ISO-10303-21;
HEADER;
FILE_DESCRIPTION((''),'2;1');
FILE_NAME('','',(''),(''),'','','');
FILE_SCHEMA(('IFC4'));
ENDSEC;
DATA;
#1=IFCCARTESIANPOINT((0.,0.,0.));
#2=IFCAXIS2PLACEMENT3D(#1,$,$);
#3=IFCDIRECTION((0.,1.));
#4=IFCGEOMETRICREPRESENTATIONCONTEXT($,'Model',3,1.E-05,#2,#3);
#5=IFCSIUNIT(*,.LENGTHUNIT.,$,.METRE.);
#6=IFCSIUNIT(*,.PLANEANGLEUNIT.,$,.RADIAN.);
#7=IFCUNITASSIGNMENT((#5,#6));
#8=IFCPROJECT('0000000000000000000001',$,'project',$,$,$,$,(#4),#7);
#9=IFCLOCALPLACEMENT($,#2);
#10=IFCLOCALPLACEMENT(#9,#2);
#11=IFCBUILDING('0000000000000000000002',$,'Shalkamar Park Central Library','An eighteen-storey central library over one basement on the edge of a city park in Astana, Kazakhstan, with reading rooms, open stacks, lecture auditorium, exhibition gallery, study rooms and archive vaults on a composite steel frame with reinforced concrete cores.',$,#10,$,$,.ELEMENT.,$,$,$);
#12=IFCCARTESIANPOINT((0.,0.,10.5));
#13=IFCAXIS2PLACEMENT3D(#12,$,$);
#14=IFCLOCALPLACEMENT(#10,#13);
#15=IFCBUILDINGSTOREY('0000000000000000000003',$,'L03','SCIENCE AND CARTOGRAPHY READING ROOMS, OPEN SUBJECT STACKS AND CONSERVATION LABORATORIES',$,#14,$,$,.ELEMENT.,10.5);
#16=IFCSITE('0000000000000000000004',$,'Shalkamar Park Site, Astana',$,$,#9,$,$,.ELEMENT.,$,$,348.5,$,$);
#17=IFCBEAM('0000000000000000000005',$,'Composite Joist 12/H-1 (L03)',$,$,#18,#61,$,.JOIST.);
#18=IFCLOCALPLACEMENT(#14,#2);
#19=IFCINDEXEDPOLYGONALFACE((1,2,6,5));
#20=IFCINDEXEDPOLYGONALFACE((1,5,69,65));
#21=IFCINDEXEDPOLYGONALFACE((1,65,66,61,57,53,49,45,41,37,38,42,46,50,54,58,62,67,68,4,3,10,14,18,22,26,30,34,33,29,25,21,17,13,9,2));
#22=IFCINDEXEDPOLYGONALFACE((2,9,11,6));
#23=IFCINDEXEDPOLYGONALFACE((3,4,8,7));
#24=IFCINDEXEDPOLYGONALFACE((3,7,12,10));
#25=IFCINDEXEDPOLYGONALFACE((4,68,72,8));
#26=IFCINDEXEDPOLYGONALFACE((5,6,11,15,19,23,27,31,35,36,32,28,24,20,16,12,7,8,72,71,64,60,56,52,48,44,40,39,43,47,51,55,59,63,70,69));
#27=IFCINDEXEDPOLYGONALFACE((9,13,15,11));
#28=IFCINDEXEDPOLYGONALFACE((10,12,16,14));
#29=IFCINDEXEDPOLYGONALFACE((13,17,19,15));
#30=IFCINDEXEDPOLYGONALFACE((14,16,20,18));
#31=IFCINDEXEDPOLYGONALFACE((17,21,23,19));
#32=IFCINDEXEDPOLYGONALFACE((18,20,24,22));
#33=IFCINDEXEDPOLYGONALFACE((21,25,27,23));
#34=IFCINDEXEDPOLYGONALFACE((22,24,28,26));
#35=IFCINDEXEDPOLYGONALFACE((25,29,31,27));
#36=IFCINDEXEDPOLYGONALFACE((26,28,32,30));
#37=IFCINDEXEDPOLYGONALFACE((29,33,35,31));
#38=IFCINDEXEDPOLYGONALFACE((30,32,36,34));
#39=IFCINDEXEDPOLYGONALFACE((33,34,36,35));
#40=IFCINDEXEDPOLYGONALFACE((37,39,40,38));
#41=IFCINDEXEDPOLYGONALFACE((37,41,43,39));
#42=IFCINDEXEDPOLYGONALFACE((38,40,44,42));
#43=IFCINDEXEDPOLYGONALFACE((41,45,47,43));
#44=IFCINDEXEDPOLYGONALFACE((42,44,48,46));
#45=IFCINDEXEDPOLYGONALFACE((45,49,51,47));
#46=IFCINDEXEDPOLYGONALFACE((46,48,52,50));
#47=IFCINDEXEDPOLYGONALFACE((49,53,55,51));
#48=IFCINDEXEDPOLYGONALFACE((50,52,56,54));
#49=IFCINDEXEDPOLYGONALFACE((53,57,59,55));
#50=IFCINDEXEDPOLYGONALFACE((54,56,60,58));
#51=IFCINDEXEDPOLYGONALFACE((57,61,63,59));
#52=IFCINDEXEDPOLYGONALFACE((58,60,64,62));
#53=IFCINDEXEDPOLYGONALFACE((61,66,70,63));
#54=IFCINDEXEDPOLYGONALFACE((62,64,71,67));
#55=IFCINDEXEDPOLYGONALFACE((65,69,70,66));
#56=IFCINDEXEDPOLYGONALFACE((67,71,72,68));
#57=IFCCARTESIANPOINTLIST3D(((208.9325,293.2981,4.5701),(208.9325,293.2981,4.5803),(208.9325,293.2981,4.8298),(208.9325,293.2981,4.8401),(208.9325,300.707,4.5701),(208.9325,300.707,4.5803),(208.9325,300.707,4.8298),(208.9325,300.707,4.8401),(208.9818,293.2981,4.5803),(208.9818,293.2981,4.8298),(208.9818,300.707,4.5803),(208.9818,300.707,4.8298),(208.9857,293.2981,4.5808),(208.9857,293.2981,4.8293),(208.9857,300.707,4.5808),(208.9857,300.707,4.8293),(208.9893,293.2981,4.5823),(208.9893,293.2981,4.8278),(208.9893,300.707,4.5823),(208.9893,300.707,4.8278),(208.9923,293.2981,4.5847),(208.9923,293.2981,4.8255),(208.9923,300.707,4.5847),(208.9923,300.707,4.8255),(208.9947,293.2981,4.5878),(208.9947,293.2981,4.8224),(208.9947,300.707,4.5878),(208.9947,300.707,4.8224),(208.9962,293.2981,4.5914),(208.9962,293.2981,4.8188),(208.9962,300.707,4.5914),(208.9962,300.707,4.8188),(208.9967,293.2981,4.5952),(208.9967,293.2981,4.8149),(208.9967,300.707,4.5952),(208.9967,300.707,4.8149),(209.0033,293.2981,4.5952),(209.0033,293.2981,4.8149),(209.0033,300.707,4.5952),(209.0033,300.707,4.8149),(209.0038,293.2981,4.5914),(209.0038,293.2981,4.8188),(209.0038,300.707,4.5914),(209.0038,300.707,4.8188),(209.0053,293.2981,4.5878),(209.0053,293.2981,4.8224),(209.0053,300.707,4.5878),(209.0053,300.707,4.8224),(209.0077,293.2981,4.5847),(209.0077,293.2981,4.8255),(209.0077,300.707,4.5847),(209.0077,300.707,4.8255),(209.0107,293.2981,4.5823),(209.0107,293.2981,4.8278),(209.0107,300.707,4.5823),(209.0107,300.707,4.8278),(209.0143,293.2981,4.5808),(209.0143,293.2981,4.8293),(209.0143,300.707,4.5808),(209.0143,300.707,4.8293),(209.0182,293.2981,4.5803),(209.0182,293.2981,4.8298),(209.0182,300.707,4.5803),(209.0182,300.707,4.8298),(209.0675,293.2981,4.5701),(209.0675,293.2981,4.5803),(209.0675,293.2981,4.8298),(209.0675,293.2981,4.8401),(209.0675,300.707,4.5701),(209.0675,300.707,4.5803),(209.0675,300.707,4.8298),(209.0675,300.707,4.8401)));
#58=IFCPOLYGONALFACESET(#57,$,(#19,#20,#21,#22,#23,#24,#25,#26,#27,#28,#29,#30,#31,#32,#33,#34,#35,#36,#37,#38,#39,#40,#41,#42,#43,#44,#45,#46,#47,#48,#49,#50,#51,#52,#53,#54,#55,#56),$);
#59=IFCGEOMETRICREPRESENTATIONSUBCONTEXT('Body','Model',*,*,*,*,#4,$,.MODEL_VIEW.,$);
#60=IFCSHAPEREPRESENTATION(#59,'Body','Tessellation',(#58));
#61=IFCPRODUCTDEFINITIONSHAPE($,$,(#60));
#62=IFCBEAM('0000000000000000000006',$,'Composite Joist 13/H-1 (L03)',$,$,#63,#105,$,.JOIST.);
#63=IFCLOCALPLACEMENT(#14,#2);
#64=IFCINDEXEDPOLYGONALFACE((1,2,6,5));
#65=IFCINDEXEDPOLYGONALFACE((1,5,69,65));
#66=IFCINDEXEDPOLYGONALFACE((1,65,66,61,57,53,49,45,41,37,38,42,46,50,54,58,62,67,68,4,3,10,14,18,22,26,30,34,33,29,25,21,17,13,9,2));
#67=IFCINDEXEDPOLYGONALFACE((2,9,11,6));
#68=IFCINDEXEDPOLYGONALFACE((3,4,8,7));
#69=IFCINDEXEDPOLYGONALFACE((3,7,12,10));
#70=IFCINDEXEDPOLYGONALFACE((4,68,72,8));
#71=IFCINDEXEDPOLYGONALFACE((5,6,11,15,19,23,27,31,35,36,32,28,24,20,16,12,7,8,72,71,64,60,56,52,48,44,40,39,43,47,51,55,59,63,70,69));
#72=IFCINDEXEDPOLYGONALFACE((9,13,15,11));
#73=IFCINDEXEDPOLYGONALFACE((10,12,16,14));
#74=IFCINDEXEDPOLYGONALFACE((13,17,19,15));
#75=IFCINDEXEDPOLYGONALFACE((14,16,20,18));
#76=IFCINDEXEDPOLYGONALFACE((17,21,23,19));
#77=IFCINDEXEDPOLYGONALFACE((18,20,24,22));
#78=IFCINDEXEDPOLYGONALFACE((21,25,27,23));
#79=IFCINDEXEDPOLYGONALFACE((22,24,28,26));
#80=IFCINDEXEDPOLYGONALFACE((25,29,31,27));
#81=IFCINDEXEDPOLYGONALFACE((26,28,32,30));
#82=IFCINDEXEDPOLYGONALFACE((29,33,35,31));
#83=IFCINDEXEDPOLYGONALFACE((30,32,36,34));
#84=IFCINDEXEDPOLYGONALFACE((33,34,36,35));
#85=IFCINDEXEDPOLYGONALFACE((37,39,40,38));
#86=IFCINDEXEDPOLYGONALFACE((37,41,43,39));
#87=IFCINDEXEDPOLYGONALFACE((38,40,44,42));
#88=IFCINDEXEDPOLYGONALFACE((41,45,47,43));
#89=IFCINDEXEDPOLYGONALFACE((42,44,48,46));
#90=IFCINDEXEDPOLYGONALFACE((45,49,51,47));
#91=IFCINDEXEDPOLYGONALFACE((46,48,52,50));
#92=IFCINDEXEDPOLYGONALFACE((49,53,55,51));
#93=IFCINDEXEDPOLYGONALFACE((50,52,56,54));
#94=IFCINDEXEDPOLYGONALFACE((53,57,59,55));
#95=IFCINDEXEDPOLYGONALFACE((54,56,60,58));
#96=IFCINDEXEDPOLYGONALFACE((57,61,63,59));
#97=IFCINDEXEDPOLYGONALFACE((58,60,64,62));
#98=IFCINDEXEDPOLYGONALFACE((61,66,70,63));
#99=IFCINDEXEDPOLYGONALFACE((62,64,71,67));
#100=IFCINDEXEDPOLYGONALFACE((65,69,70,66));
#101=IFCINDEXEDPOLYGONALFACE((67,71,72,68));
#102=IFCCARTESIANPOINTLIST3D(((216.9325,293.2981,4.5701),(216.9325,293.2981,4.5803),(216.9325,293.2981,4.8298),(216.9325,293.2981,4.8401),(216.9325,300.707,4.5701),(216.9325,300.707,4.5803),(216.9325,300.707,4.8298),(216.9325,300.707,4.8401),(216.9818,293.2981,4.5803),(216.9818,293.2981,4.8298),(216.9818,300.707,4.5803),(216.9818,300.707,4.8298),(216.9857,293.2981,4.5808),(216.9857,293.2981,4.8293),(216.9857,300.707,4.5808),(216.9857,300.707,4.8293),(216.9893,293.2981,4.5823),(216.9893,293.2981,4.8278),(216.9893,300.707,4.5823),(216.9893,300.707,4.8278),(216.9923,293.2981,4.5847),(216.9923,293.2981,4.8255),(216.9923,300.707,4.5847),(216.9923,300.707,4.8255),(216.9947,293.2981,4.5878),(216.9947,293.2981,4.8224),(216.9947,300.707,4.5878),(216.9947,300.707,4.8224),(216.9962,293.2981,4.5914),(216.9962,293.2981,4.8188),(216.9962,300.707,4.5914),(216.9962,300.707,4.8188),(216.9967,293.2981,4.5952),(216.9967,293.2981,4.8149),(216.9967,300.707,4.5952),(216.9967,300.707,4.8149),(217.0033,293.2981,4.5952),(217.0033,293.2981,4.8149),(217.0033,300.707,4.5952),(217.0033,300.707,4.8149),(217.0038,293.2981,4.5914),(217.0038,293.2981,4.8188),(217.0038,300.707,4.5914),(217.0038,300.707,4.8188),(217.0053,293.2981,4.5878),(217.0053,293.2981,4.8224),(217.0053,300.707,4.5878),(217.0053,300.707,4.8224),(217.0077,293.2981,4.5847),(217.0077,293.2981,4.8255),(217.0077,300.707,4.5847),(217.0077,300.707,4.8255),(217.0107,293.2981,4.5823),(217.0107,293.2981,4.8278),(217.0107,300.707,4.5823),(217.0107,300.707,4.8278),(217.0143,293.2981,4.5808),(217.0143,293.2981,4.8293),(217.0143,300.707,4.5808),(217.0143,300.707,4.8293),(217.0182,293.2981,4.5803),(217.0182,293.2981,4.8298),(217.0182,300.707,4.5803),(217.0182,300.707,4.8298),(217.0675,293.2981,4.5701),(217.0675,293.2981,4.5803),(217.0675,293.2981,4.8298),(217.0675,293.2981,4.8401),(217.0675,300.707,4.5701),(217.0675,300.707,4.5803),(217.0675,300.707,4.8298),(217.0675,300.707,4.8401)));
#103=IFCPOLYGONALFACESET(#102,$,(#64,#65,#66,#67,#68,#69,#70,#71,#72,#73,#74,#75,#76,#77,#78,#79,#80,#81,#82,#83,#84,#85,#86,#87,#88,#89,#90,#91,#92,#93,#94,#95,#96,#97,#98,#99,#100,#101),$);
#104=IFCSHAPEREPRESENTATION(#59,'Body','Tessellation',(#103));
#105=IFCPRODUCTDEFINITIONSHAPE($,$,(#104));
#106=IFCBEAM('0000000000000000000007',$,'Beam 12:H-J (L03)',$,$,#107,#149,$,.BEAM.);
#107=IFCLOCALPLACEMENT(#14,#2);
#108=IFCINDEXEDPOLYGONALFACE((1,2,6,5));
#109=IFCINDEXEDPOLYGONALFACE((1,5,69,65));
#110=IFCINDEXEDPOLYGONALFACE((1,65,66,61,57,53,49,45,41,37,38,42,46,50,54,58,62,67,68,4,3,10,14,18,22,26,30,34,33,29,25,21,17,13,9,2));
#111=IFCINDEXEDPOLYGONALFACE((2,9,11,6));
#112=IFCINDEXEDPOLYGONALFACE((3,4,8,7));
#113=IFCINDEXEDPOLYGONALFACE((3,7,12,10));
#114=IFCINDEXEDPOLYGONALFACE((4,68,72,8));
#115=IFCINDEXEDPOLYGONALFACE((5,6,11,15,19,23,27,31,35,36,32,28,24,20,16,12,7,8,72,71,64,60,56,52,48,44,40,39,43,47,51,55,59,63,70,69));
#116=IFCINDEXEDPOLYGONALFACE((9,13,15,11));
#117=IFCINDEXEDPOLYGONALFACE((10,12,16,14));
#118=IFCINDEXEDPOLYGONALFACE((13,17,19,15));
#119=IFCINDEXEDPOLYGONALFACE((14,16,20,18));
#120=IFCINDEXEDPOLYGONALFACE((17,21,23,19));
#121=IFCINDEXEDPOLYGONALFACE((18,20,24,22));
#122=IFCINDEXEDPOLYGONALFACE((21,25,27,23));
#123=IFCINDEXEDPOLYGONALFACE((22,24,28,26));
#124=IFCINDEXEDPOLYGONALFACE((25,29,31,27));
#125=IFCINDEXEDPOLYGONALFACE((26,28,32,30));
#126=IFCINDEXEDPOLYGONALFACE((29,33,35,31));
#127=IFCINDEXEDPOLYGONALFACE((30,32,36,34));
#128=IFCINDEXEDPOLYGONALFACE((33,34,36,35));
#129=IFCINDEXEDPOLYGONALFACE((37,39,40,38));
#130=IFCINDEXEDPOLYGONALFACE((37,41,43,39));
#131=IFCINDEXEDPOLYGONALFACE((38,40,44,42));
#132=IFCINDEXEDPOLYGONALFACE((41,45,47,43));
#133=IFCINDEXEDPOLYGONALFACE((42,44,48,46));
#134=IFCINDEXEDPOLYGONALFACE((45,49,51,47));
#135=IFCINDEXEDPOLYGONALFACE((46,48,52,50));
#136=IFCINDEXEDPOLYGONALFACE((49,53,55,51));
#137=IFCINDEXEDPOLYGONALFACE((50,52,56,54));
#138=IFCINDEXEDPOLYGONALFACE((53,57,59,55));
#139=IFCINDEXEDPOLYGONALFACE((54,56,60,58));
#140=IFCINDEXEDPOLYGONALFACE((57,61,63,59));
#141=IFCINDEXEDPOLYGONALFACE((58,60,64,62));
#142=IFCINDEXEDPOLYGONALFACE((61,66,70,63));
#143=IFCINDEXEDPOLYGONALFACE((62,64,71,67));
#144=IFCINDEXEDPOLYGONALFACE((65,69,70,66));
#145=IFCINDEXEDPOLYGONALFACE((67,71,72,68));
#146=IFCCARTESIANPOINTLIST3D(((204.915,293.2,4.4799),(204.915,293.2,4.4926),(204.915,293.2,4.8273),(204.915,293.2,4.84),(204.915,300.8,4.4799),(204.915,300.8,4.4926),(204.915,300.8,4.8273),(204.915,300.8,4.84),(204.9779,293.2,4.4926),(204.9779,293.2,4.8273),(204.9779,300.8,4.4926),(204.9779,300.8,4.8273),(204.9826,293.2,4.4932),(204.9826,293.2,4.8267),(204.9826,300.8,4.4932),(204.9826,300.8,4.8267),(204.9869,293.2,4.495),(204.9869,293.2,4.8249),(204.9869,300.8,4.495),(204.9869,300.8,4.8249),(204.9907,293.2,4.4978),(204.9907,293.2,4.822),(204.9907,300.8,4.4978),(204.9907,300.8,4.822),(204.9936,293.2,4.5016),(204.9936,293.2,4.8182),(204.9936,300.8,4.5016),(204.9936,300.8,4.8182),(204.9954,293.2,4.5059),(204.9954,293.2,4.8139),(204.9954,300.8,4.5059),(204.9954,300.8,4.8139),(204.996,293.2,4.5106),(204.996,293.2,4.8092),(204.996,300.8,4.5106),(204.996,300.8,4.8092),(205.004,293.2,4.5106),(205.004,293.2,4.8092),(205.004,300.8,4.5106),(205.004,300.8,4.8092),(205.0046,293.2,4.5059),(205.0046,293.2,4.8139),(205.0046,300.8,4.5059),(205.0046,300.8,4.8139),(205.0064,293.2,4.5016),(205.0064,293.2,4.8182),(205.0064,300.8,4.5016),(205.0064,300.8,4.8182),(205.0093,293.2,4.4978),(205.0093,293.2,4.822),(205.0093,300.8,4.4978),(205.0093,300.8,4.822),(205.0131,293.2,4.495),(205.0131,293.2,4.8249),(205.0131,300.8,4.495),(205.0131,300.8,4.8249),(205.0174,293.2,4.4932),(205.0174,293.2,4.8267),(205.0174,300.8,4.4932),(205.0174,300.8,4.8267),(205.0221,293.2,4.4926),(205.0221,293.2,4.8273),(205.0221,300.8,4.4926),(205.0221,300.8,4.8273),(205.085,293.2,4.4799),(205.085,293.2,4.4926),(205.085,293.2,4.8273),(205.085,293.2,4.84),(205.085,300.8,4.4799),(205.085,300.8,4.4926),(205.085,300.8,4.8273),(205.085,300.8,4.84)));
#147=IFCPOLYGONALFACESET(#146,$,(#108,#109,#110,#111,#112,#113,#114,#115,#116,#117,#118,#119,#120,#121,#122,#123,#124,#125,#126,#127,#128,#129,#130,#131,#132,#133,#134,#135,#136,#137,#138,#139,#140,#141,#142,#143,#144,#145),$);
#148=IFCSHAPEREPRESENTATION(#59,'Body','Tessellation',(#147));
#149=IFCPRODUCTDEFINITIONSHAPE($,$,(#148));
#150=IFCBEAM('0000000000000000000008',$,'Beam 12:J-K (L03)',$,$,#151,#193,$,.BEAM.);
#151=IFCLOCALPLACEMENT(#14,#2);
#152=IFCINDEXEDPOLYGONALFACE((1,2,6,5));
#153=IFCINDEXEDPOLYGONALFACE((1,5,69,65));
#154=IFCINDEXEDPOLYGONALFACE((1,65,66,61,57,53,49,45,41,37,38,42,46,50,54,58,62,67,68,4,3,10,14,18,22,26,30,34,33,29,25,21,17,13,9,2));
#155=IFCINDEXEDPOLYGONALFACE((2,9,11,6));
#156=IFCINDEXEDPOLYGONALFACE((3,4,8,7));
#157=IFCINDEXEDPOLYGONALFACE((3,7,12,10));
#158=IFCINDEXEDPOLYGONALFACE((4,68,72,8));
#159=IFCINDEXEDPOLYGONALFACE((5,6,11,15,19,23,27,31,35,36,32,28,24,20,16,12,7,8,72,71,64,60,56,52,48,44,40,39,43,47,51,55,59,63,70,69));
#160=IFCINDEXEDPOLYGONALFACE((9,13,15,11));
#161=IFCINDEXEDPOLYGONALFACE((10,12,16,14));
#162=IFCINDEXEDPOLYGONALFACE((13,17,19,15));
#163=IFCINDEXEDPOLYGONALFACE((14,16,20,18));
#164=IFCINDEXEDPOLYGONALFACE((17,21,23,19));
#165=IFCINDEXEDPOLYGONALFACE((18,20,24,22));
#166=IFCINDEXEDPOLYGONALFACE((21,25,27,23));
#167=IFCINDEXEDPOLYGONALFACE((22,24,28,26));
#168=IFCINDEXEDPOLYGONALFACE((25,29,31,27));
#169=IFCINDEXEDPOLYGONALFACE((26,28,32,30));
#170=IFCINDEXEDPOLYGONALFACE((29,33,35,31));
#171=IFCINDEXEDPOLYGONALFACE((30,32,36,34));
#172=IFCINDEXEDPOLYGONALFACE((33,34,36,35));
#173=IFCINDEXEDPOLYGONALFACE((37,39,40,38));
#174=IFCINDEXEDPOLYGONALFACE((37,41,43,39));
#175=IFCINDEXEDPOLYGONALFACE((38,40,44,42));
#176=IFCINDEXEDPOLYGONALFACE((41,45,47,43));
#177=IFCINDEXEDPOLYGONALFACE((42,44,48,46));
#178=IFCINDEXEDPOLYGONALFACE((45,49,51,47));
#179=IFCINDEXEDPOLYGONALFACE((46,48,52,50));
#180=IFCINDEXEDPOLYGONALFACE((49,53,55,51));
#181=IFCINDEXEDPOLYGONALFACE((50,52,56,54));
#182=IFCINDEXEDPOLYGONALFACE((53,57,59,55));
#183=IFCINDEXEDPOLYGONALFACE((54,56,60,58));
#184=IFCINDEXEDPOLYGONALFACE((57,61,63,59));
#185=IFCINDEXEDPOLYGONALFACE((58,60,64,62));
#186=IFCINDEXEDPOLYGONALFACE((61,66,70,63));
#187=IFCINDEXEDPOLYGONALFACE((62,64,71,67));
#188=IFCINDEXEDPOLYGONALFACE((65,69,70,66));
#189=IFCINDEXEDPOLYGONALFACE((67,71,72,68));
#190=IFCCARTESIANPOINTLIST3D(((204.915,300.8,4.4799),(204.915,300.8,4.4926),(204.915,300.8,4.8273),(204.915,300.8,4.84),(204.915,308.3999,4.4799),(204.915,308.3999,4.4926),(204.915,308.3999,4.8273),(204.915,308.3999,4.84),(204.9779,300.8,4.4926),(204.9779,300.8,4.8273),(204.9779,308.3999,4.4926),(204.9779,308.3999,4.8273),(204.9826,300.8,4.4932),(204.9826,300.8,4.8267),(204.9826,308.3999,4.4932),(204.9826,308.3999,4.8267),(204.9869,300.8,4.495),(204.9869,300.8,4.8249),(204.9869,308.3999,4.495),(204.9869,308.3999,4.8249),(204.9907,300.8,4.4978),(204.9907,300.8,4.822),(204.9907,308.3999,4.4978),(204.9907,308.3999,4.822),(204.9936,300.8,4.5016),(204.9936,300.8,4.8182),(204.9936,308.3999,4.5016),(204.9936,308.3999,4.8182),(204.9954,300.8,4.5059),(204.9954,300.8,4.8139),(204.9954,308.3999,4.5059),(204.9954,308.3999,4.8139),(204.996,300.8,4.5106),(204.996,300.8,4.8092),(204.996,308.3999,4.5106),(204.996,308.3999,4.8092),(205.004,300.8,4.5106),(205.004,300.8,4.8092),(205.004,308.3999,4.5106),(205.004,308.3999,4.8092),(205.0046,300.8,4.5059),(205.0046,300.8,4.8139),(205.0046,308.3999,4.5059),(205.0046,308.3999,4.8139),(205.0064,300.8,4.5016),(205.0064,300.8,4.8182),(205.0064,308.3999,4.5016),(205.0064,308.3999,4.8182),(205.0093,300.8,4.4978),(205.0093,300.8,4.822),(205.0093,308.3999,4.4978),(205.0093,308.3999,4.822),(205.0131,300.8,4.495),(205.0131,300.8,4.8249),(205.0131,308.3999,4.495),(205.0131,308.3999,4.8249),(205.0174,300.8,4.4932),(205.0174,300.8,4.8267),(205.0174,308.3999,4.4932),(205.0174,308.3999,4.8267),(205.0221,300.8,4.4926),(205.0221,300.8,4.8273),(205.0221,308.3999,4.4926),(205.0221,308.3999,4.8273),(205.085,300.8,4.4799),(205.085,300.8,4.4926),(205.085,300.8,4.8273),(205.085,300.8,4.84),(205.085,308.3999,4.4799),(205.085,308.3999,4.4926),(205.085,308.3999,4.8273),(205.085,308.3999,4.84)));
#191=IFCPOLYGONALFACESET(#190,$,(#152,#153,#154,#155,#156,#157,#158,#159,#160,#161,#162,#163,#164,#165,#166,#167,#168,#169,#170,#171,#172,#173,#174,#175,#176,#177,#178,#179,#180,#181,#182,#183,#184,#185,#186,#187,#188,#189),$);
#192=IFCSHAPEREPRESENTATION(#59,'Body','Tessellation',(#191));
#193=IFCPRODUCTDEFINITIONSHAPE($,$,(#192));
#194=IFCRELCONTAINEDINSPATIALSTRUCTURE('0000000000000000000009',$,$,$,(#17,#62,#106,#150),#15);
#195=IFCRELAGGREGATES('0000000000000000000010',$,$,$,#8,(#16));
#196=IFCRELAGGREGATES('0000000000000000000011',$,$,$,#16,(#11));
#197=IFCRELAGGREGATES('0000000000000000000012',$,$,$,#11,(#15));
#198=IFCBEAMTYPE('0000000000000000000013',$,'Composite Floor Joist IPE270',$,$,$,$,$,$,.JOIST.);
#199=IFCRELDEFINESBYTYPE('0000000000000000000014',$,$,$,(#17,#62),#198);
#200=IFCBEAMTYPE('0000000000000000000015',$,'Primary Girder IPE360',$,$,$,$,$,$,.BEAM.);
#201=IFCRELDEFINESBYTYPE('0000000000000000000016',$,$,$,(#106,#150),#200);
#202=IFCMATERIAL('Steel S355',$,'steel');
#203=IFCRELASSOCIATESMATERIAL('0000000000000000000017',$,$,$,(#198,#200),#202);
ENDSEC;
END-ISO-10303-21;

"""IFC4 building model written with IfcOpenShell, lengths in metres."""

from ifc_helpers import new_model, si_unit, direction, frame, origin, origin_2d, place, context, subcontext, project, spatial, i_section, extrude, material, material_profile, profile_set, type_object, element, save


model = new_model("IFC4")

# Units and contexts
model_context = context("Model", 3, precision=1e-05, world=origin(), true_north=direction((0.0, 1.0)))
body_context = subcontext(model_context, "Body", "Model", "MODEL_VIEW")
ifc_project = project(units=[si_unit("LENGTHUNIT", "METRE"), si_unit("PLANEANGLEUNIT", "RADIAN")], contexts=[model_context])

# Site, building, storey
site_placement = place(None, origin())
site = spatial("IfcSite", under=ifc_project, at=site_placement, Name="Shalkamar Park Site, Astana", CompositionType="ELEMENT", RefElevation=348.5)
building_placement = place(site_placement, origin())
building = spatial("IfcBuilding", under=site, at=building_placement, Name="Shalkamar Park Central Library", Description="An eighteen-storey central library over one basement on the edge of a city park in Astana, Kazakhstan, with reading rooms, open stacks, lecture auditorium, exhibition gallery, study rooms and archive vaults on a composite steel frame with reinforced concrete cores.", CompositionType="ELEMENT")
storey_placement = place(building_placement, frame((0.0, 0.0, 10.5)))
storey = spatial("IfcBuildingStorey", under=building, at=storey_placement, Name="L03", Description="SCIENCE AND CARTOGRAPHY READING ROOMS, OPEN SUBJECT STACKS AND CONSERVATION LABORATORIES", CompositionType="ELEMENT", Elevation=10.5)

# Shared definitions
ifc_material_1 = material(Name="Steel S355", Category="steel")

# Beams
ifc_material_profile_1 = material_profile(ifc_material_1, i_section(OverallWidth=0.135, OverallDepth=0.27, WebThickness=0.0066, FlangeThickness=0.0103, FilletRadius=0.0149, at=origin_2d()), Name="IPE 270")
ifc_profile_set_1 = profile_set([ifc_material_profile_1], Name="Steel S355")
beam_type_1 = type_object("IfcBeamType", Name="Composite Floor Joist IPE270", PredefinedType="JOIST", material=ifc_profile_set_1)
for number, where, z_axis, x_axis, name in (
    (1, (209.0, 293.2981, 4.7051), (0.0, 1.0, 0.0), (-1.0, 0.0, 0.0), "Composite Joist 12/H-1 (L03)"),
    (2, (217.0, 293.2981, 4.7051), (0.0, 1.0, 0.0), (-1.0, 0.0, 0.0), "Composite Joist 13/H-1 (L03)"),
):
    element("IfcBeam", number, at=place(storey_placement, frame(where, z_axis=z_axis, x_axis=x_axis)), inside=storey, type_object=beam_type_1, Name=name, PredefinedType="JOIST", context=body_context, shape_type="SweptSolid", body=[
        extrude(i_section(OverallWidth=0.135, OverallDepth=0.27, WebThickness=0.0066, FlangeThickness=0.0103, FilletRadius=0.0149, at=origin_2d()), origin(), (0.0, 0.0, 1.0), 7.4089),
    ])
ifc_material_profile_2 = material_profile(ifc_material_1, i_section(OverallWidth=0.1699, OverallDepth=0.3601, WebThickness=0.0081, FlangeThickness=0.0127, FilletRadius=0.0181, at=origin_2d()), Name="IPE 360")
ifc_profile_set_2 = profile_set([ifc_material_profile_2], Name="Steel S355")
beam_type_2 = type_object("IfcBeamType", Name="Primary Girder IPE360", PredefinedType="BEAM", material=ifc_profile_set_2)
beam_1_placement = place(storey_placement, frame((205.0, 293.2, 4.6599), z_axis=(0.0, 1.0, 0.0), x_axis=(-1.0, 0.0, 0.0)))
element("IfcBeam", 3, at=beam_1_placement, inside=storey, type_object=beam_type_2, Name="Beam 12:H-J (L03)", PredefinedType="BEAM", context=body_context, shape_type="SweptSolid", body=[
    extrude(i_section(OverallWidth=0.1699, OverallDepth=0.3601, WebThickness=0.0081, FlangeThickness=0.0127, FilletRadius=0.0181, at=origin_2d()), origin(), (0.0, 0.0, 1.0), 7.6001),
])
beam_2_placement = place(storey_placement, frame((205.0, 300.8, 4.6599), z_axis=(0.0, 1.0, 0.0), x_axis=(-1.0, 0.0, 0.0)))
element("IfcBeam", 4, at=beam_2_placement, inside=storey, type_object=beam_type_2, Name="Beam 12:J-K (L03)", PredefinedType="BEAM", context=body_context, shape_type="SweptSolid", body=[
    extrude(i_section(OverallWidth=0.1699, OverallDepth=0.3601, WebThickness=0.0081, FlangeThickness=0.0127, FilletRadius=0.0181, at=origin_2d()), origin(), (0.0, 0.0, 1.0), 7.5999),
])

save(model, "model.ifc")
